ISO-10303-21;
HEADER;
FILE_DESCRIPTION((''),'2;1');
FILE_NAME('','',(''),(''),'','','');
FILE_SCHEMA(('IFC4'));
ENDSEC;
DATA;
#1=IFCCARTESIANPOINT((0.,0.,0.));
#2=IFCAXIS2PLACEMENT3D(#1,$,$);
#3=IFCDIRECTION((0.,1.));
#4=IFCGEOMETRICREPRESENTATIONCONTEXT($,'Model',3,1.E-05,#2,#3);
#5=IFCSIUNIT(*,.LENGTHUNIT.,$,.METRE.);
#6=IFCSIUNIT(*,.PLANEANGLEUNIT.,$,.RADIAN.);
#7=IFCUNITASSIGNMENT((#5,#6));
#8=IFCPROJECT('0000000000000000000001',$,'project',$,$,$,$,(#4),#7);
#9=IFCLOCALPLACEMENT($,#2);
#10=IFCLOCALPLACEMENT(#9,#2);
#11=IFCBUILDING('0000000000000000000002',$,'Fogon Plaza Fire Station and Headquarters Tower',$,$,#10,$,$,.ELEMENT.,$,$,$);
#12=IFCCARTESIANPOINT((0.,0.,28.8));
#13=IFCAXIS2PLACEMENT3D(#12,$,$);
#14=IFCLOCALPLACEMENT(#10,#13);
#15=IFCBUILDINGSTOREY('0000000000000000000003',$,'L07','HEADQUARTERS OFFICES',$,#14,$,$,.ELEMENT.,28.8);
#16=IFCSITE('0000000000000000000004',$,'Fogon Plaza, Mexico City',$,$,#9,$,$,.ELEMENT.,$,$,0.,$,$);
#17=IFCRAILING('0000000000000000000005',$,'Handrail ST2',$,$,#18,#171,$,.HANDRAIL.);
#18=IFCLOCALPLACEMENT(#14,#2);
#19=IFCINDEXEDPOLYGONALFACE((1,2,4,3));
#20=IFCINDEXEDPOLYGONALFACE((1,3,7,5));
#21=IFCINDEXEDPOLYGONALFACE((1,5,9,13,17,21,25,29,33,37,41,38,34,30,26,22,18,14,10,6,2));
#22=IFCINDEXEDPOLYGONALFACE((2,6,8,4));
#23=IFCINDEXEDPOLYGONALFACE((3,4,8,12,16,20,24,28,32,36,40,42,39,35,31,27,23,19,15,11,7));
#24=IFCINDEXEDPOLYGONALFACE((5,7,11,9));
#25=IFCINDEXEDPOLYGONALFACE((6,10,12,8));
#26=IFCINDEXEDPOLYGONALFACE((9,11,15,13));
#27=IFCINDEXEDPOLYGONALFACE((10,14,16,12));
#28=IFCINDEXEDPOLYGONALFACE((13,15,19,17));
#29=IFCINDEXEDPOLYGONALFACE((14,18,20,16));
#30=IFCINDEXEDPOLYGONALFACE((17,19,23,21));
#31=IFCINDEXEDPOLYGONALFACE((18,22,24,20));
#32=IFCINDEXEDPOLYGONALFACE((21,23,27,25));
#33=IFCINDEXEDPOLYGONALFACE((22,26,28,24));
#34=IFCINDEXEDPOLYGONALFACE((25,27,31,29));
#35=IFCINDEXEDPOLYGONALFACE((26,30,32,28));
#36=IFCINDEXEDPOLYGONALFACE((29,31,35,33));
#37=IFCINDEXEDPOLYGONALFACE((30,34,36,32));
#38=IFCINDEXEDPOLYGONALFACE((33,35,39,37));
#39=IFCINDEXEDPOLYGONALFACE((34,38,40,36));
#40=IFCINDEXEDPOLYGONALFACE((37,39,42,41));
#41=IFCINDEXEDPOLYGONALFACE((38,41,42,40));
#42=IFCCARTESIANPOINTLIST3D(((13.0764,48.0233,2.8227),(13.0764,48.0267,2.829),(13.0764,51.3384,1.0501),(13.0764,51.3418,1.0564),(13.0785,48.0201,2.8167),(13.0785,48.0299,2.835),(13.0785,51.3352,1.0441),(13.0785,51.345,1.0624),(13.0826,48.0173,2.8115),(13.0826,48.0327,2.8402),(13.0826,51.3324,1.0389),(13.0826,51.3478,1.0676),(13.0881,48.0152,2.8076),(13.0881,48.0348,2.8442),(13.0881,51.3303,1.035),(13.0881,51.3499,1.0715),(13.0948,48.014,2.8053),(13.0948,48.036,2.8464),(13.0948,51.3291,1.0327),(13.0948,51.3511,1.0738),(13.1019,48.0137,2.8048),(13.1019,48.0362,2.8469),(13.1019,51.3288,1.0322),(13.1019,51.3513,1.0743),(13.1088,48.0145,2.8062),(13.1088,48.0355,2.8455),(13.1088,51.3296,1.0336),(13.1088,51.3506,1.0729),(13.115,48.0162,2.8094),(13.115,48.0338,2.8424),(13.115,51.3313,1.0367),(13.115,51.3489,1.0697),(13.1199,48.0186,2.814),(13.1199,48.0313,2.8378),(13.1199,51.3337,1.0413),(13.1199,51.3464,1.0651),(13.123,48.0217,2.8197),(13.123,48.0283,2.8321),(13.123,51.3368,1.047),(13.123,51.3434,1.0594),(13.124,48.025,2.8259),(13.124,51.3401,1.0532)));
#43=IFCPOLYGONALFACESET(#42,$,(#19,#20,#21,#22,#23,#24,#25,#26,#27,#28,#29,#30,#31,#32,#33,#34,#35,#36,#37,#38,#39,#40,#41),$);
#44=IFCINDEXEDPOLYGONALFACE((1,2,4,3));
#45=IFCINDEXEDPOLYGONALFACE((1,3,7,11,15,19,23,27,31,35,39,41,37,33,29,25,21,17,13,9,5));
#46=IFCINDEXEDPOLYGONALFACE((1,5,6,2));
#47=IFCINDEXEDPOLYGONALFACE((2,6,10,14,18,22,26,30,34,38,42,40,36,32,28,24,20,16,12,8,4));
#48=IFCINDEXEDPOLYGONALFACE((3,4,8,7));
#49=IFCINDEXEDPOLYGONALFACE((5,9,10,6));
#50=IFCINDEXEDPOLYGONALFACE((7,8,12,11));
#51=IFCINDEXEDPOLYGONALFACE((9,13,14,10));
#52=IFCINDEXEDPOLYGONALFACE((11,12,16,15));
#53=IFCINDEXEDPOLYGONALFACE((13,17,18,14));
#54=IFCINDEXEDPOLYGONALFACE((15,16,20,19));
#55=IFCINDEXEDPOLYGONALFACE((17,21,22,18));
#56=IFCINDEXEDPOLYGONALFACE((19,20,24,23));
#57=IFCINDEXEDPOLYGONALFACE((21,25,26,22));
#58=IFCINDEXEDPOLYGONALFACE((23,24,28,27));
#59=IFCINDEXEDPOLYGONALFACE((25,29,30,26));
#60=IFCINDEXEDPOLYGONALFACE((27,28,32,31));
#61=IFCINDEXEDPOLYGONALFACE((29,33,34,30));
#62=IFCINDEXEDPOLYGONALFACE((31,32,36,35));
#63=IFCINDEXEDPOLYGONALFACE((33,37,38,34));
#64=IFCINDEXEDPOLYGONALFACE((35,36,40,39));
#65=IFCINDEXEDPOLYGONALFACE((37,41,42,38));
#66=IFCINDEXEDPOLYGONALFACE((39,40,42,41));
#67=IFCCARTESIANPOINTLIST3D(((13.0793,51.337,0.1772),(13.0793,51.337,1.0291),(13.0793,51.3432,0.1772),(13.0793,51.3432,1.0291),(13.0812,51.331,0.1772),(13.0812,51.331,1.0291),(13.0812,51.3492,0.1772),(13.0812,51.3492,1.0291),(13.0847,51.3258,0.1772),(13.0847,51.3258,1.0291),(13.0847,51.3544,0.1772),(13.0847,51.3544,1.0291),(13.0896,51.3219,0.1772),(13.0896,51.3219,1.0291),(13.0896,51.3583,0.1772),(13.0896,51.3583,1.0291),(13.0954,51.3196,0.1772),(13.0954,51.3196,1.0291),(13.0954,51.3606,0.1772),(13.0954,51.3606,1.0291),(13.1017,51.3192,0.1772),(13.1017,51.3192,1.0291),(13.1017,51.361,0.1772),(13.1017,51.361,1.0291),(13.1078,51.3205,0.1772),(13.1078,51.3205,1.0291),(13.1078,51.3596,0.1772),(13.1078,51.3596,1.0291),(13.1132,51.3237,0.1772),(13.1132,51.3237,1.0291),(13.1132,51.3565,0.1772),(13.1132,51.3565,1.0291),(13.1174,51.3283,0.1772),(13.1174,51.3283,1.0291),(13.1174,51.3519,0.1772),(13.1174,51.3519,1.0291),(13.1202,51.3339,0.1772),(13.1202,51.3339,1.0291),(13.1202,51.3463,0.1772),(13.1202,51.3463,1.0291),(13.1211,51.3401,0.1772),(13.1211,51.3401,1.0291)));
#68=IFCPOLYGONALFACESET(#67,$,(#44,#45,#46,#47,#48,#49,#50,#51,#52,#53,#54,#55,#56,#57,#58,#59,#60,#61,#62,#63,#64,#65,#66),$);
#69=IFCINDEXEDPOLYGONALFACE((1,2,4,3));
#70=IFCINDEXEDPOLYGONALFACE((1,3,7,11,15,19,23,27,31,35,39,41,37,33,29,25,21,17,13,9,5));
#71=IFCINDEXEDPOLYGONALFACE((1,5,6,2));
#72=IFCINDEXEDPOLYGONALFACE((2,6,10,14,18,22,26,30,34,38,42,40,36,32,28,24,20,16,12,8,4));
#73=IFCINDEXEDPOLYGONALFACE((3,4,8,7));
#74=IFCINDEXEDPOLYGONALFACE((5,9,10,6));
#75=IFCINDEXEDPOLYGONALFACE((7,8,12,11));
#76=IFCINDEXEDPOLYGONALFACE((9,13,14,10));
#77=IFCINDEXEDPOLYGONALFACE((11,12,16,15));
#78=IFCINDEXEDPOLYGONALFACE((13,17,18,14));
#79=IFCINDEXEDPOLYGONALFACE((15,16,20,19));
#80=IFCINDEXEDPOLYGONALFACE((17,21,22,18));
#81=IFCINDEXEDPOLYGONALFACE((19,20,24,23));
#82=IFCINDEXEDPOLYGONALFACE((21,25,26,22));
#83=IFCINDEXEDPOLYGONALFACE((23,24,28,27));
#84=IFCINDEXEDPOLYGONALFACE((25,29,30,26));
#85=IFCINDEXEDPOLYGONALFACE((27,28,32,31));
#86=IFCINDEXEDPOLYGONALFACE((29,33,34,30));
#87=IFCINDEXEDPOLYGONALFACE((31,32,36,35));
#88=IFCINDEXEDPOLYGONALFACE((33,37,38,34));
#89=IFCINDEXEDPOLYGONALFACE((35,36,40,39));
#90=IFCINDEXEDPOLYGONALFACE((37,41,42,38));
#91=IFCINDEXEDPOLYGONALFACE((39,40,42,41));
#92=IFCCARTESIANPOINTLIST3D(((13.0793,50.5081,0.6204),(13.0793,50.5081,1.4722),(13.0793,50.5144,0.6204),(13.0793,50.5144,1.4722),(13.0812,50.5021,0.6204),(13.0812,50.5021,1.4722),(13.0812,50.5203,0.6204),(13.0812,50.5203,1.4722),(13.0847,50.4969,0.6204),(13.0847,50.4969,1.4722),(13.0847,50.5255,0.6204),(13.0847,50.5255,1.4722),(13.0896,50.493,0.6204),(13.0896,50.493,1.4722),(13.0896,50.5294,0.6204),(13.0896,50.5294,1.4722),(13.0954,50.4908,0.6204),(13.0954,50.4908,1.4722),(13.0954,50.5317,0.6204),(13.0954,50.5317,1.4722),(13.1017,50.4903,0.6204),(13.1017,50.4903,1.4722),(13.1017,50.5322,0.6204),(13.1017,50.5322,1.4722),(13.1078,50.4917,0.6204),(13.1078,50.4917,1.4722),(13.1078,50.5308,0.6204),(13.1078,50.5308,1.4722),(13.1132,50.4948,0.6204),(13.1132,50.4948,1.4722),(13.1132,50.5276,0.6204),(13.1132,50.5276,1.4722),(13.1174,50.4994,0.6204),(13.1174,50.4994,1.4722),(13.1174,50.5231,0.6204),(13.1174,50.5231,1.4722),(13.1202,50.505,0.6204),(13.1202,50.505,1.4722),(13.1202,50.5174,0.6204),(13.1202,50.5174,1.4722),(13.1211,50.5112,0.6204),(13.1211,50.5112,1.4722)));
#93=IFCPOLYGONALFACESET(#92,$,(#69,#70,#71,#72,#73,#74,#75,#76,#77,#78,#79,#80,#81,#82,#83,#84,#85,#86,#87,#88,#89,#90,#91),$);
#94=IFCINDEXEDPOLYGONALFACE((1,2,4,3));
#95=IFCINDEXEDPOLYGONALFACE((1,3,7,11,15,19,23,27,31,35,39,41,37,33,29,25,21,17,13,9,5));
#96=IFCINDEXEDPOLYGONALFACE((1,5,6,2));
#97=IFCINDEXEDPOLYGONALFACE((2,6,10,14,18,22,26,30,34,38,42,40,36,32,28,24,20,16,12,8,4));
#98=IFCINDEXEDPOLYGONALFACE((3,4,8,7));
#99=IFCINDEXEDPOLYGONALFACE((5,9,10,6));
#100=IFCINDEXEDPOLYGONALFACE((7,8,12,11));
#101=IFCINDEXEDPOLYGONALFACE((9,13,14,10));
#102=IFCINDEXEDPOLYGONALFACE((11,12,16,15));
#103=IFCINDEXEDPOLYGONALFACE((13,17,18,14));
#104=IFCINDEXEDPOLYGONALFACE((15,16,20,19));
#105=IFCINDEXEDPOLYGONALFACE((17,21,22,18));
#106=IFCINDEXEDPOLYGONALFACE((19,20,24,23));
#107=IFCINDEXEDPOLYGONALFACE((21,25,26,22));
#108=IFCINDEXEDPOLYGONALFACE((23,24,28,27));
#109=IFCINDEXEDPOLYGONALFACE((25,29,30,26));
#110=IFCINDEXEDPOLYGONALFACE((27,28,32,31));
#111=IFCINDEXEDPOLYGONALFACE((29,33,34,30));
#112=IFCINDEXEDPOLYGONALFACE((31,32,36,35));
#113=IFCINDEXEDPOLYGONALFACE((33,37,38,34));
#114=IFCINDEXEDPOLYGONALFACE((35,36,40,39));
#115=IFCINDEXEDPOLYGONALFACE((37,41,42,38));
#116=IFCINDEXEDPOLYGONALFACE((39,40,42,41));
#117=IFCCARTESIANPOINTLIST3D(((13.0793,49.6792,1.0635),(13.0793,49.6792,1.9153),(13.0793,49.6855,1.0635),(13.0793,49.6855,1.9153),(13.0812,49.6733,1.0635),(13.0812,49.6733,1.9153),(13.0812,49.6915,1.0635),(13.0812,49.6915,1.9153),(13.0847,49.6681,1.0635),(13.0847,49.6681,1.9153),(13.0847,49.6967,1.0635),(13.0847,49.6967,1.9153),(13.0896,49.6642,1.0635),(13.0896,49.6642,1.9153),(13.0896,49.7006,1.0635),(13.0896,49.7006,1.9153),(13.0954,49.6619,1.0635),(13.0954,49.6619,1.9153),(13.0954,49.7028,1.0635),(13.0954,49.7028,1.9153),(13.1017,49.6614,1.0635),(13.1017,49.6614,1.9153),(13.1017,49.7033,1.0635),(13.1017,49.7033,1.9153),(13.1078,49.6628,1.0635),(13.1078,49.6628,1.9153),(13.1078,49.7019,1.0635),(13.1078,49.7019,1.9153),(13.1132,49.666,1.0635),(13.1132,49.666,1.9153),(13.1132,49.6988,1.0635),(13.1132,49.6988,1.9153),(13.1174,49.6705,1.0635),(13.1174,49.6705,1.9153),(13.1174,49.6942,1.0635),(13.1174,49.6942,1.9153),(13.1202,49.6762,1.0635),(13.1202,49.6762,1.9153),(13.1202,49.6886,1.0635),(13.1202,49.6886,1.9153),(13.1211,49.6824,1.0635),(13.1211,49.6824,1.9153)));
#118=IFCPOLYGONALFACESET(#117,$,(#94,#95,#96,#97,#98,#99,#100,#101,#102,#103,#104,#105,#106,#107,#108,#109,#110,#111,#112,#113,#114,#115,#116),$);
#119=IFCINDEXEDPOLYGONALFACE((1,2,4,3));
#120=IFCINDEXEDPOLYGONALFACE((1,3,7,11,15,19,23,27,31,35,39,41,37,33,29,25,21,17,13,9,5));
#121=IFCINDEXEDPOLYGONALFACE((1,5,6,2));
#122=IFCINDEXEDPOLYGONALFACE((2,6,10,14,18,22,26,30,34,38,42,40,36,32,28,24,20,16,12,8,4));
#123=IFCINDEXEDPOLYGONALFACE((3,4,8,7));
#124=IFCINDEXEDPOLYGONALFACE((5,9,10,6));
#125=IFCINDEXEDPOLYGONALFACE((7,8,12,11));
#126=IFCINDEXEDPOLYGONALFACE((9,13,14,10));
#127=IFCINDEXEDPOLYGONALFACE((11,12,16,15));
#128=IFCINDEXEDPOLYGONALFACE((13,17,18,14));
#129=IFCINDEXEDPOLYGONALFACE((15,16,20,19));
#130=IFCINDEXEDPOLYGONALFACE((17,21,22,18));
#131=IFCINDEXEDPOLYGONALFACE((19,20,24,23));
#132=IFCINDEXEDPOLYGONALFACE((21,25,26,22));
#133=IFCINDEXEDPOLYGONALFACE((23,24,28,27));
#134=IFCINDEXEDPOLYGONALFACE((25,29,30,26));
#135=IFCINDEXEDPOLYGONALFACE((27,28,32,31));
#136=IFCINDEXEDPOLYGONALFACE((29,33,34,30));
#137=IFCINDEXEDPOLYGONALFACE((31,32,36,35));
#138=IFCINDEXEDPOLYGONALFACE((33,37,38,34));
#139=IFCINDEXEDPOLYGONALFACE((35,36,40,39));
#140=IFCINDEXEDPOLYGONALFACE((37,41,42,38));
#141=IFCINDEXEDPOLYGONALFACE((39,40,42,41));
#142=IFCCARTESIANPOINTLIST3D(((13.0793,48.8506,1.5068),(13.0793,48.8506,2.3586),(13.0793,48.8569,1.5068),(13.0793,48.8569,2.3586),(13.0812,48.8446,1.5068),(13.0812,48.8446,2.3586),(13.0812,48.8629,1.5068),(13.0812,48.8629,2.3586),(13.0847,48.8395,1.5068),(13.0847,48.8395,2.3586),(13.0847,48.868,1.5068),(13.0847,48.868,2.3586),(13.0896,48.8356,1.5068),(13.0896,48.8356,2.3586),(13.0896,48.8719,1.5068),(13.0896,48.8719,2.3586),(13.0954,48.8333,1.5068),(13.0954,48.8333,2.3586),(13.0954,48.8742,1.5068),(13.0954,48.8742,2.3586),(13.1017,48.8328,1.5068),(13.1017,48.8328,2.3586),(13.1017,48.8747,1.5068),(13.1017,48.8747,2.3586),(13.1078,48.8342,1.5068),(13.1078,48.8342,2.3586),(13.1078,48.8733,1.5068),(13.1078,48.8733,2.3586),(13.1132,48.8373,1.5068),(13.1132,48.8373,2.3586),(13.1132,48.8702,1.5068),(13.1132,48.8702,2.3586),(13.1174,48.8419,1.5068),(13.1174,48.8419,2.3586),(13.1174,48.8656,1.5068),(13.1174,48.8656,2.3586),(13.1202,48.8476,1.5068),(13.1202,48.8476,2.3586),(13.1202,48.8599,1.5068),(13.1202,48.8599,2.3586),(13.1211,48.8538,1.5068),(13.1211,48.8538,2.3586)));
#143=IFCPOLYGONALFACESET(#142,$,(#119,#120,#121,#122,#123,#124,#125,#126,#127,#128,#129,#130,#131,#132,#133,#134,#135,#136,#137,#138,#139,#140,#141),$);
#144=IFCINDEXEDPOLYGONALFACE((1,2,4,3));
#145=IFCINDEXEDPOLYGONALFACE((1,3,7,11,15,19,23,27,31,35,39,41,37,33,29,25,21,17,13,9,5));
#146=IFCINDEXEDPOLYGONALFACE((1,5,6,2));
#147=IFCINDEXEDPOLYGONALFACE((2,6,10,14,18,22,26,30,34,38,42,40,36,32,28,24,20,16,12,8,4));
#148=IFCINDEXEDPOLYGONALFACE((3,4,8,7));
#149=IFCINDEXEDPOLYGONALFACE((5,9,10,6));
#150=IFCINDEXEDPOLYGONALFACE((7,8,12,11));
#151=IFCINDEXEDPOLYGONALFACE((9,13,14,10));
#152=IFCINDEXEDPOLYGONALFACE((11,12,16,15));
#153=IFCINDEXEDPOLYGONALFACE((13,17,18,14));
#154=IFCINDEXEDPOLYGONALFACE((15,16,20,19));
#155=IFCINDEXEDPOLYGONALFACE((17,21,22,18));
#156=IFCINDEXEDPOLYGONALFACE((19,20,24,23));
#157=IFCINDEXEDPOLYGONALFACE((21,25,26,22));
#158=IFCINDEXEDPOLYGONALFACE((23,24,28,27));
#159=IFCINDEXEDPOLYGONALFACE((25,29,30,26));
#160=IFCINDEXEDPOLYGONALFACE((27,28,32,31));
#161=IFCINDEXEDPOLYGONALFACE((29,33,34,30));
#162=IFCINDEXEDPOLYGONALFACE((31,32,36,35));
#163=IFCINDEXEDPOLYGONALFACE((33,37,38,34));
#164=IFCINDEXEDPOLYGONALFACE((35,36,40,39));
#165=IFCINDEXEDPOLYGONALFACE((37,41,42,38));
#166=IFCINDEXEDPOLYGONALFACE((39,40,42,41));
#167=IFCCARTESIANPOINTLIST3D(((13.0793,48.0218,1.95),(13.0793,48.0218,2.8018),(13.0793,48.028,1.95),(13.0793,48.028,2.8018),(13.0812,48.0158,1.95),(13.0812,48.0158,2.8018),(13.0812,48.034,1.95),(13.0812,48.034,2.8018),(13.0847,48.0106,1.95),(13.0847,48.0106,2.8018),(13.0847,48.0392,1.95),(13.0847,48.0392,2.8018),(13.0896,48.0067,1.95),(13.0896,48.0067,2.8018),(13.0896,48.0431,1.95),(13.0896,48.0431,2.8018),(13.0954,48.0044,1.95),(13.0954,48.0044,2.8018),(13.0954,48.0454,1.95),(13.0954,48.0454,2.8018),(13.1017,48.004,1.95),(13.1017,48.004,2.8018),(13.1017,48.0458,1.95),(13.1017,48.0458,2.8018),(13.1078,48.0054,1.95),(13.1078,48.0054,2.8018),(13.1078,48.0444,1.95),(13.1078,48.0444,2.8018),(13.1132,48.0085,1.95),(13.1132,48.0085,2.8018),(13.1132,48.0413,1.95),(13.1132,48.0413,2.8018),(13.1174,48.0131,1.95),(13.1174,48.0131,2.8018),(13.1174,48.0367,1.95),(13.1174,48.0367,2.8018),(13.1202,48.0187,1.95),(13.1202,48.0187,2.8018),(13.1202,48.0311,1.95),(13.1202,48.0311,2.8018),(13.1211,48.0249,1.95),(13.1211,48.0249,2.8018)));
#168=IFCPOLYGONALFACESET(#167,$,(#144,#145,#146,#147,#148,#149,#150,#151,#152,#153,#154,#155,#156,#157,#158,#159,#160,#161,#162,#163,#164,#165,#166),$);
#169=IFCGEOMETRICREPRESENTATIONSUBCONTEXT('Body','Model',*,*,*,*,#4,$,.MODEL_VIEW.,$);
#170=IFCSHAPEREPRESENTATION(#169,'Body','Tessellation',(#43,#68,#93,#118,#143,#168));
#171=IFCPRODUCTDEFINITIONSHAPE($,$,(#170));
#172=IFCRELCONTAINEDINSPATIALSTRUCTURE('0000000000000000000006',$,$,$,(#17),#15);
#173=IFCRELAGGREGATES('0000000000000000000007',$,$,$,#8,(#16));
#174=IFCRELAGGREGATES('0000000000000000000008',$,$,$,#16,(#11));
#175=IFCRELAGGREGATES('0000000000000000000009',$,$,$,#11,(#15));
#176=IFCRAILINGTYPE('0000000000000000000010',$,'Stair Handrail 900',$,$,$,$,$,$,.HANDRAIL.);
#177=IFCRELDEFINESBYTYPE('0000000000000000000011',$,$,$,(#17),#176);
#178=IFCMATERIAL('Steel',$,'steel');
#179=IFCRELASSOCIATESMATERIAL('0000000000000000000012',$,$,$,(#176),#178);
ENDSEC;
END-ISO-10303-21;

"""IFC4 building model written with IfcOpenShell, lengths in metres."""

from ifc_helpers import new_model, si_unit, direction, frame, origin, origin_2d, place, context, subcontext, project, spatial, circle, extrude, material, type_object, element, save


model = new_model("IFC4")

# Units and contexts
model_context = context("Model", 3, precision=1e-05, world=origin(), true_north=direction((0.0, 1.0)))
body_context = subcontext(model_context, "Body", "Model", "MODEL_VIEW")
ifc_project = project(units=[si_unit("LENGTHUNIT", "METRE"), si_unit("PLANEANGLEUNIT", "RADIAN")], contexts=[model_context])

# Site, building, storey
site_placement = place(None, origin())
site = spatial("IfcSite", under=ifc_project, at=site_placement, Name="Fogon Plaza, Mexico City", CompositionType="ELEMENT", RefElevation=0.0)
building_placement = place(site_placement, origin())
building = spatial("IfcBuilding", under=site, at=building_placement, Name="Fogon Plaza Fire Station and Headquarters Tower", CompositionType="ELEMENT")
storey_placement = place(building_placement, frame((0.0, 0.0, 28.8)))
storey = spatial("IfcBuildingStorey", under=building, at=storey_placement, Name="L07", Description="HEADQUARTERS OFFICES", CompositionType="ELEMENT", Elevation=28.8)

# Railing
ifc_material_1 = material(Name="Steel", Category="steel")
railing_type = type_object("IfcRailingType", Name="Stair Handrail 900", PredefinedType="HANDRAIL", material=ifc_material_1)
for number, where, name in (
    (1, (13.1001, 51.3401, 0.1772), "Handrail ST2"),
):
    element("IfcRailing", number, at=place(storey_placement, frame(where)), inside=storey, type_object=railing_type, Name=name, PredefinedType="HANDRAIL", context=body_context, shape_type="SweptSolid", body=[
        extrude(circle(Radius=0.0239, at=origin_2d()), frame((0.0, 0.0, 0.876), z_axis=(0.0, -0.881844, 0.471542), x_axis=(1.0, 0.0, 0.0)), (0.0, 0.0, 1.0), 3.7593),
        extrude(circle(Radius=0.021, at=origin_2d()), origin(), (0.0, 0.0, 1.0), 0.8518),
        extrude(circle(Radius=0.021, at=origin_2d()), frame((0.0, -0.8289, 0.4431)), (0.0, 0.0, 1.0), 0.8518),
        extrude(circle(Radius=0.021, at=origin_2d()), frame((0.0, -1.6577, 0.8862)), (0.0, 0.0, 1.0), 0.8518),
        extrude(circle(Radius=0.021, at=origin_2d()), frame((0.0, -2.4863, 1.3296)), (0.0, 0.0, 1.0), 0.8518),
        extrude(circle(Radius=0.021, at=origin_2d()), frame((0.0, -3.3152, 1.7727)), (0.0, 0.0, 1.0), 0.8518),
    ])

save(model, "model.ifc")
